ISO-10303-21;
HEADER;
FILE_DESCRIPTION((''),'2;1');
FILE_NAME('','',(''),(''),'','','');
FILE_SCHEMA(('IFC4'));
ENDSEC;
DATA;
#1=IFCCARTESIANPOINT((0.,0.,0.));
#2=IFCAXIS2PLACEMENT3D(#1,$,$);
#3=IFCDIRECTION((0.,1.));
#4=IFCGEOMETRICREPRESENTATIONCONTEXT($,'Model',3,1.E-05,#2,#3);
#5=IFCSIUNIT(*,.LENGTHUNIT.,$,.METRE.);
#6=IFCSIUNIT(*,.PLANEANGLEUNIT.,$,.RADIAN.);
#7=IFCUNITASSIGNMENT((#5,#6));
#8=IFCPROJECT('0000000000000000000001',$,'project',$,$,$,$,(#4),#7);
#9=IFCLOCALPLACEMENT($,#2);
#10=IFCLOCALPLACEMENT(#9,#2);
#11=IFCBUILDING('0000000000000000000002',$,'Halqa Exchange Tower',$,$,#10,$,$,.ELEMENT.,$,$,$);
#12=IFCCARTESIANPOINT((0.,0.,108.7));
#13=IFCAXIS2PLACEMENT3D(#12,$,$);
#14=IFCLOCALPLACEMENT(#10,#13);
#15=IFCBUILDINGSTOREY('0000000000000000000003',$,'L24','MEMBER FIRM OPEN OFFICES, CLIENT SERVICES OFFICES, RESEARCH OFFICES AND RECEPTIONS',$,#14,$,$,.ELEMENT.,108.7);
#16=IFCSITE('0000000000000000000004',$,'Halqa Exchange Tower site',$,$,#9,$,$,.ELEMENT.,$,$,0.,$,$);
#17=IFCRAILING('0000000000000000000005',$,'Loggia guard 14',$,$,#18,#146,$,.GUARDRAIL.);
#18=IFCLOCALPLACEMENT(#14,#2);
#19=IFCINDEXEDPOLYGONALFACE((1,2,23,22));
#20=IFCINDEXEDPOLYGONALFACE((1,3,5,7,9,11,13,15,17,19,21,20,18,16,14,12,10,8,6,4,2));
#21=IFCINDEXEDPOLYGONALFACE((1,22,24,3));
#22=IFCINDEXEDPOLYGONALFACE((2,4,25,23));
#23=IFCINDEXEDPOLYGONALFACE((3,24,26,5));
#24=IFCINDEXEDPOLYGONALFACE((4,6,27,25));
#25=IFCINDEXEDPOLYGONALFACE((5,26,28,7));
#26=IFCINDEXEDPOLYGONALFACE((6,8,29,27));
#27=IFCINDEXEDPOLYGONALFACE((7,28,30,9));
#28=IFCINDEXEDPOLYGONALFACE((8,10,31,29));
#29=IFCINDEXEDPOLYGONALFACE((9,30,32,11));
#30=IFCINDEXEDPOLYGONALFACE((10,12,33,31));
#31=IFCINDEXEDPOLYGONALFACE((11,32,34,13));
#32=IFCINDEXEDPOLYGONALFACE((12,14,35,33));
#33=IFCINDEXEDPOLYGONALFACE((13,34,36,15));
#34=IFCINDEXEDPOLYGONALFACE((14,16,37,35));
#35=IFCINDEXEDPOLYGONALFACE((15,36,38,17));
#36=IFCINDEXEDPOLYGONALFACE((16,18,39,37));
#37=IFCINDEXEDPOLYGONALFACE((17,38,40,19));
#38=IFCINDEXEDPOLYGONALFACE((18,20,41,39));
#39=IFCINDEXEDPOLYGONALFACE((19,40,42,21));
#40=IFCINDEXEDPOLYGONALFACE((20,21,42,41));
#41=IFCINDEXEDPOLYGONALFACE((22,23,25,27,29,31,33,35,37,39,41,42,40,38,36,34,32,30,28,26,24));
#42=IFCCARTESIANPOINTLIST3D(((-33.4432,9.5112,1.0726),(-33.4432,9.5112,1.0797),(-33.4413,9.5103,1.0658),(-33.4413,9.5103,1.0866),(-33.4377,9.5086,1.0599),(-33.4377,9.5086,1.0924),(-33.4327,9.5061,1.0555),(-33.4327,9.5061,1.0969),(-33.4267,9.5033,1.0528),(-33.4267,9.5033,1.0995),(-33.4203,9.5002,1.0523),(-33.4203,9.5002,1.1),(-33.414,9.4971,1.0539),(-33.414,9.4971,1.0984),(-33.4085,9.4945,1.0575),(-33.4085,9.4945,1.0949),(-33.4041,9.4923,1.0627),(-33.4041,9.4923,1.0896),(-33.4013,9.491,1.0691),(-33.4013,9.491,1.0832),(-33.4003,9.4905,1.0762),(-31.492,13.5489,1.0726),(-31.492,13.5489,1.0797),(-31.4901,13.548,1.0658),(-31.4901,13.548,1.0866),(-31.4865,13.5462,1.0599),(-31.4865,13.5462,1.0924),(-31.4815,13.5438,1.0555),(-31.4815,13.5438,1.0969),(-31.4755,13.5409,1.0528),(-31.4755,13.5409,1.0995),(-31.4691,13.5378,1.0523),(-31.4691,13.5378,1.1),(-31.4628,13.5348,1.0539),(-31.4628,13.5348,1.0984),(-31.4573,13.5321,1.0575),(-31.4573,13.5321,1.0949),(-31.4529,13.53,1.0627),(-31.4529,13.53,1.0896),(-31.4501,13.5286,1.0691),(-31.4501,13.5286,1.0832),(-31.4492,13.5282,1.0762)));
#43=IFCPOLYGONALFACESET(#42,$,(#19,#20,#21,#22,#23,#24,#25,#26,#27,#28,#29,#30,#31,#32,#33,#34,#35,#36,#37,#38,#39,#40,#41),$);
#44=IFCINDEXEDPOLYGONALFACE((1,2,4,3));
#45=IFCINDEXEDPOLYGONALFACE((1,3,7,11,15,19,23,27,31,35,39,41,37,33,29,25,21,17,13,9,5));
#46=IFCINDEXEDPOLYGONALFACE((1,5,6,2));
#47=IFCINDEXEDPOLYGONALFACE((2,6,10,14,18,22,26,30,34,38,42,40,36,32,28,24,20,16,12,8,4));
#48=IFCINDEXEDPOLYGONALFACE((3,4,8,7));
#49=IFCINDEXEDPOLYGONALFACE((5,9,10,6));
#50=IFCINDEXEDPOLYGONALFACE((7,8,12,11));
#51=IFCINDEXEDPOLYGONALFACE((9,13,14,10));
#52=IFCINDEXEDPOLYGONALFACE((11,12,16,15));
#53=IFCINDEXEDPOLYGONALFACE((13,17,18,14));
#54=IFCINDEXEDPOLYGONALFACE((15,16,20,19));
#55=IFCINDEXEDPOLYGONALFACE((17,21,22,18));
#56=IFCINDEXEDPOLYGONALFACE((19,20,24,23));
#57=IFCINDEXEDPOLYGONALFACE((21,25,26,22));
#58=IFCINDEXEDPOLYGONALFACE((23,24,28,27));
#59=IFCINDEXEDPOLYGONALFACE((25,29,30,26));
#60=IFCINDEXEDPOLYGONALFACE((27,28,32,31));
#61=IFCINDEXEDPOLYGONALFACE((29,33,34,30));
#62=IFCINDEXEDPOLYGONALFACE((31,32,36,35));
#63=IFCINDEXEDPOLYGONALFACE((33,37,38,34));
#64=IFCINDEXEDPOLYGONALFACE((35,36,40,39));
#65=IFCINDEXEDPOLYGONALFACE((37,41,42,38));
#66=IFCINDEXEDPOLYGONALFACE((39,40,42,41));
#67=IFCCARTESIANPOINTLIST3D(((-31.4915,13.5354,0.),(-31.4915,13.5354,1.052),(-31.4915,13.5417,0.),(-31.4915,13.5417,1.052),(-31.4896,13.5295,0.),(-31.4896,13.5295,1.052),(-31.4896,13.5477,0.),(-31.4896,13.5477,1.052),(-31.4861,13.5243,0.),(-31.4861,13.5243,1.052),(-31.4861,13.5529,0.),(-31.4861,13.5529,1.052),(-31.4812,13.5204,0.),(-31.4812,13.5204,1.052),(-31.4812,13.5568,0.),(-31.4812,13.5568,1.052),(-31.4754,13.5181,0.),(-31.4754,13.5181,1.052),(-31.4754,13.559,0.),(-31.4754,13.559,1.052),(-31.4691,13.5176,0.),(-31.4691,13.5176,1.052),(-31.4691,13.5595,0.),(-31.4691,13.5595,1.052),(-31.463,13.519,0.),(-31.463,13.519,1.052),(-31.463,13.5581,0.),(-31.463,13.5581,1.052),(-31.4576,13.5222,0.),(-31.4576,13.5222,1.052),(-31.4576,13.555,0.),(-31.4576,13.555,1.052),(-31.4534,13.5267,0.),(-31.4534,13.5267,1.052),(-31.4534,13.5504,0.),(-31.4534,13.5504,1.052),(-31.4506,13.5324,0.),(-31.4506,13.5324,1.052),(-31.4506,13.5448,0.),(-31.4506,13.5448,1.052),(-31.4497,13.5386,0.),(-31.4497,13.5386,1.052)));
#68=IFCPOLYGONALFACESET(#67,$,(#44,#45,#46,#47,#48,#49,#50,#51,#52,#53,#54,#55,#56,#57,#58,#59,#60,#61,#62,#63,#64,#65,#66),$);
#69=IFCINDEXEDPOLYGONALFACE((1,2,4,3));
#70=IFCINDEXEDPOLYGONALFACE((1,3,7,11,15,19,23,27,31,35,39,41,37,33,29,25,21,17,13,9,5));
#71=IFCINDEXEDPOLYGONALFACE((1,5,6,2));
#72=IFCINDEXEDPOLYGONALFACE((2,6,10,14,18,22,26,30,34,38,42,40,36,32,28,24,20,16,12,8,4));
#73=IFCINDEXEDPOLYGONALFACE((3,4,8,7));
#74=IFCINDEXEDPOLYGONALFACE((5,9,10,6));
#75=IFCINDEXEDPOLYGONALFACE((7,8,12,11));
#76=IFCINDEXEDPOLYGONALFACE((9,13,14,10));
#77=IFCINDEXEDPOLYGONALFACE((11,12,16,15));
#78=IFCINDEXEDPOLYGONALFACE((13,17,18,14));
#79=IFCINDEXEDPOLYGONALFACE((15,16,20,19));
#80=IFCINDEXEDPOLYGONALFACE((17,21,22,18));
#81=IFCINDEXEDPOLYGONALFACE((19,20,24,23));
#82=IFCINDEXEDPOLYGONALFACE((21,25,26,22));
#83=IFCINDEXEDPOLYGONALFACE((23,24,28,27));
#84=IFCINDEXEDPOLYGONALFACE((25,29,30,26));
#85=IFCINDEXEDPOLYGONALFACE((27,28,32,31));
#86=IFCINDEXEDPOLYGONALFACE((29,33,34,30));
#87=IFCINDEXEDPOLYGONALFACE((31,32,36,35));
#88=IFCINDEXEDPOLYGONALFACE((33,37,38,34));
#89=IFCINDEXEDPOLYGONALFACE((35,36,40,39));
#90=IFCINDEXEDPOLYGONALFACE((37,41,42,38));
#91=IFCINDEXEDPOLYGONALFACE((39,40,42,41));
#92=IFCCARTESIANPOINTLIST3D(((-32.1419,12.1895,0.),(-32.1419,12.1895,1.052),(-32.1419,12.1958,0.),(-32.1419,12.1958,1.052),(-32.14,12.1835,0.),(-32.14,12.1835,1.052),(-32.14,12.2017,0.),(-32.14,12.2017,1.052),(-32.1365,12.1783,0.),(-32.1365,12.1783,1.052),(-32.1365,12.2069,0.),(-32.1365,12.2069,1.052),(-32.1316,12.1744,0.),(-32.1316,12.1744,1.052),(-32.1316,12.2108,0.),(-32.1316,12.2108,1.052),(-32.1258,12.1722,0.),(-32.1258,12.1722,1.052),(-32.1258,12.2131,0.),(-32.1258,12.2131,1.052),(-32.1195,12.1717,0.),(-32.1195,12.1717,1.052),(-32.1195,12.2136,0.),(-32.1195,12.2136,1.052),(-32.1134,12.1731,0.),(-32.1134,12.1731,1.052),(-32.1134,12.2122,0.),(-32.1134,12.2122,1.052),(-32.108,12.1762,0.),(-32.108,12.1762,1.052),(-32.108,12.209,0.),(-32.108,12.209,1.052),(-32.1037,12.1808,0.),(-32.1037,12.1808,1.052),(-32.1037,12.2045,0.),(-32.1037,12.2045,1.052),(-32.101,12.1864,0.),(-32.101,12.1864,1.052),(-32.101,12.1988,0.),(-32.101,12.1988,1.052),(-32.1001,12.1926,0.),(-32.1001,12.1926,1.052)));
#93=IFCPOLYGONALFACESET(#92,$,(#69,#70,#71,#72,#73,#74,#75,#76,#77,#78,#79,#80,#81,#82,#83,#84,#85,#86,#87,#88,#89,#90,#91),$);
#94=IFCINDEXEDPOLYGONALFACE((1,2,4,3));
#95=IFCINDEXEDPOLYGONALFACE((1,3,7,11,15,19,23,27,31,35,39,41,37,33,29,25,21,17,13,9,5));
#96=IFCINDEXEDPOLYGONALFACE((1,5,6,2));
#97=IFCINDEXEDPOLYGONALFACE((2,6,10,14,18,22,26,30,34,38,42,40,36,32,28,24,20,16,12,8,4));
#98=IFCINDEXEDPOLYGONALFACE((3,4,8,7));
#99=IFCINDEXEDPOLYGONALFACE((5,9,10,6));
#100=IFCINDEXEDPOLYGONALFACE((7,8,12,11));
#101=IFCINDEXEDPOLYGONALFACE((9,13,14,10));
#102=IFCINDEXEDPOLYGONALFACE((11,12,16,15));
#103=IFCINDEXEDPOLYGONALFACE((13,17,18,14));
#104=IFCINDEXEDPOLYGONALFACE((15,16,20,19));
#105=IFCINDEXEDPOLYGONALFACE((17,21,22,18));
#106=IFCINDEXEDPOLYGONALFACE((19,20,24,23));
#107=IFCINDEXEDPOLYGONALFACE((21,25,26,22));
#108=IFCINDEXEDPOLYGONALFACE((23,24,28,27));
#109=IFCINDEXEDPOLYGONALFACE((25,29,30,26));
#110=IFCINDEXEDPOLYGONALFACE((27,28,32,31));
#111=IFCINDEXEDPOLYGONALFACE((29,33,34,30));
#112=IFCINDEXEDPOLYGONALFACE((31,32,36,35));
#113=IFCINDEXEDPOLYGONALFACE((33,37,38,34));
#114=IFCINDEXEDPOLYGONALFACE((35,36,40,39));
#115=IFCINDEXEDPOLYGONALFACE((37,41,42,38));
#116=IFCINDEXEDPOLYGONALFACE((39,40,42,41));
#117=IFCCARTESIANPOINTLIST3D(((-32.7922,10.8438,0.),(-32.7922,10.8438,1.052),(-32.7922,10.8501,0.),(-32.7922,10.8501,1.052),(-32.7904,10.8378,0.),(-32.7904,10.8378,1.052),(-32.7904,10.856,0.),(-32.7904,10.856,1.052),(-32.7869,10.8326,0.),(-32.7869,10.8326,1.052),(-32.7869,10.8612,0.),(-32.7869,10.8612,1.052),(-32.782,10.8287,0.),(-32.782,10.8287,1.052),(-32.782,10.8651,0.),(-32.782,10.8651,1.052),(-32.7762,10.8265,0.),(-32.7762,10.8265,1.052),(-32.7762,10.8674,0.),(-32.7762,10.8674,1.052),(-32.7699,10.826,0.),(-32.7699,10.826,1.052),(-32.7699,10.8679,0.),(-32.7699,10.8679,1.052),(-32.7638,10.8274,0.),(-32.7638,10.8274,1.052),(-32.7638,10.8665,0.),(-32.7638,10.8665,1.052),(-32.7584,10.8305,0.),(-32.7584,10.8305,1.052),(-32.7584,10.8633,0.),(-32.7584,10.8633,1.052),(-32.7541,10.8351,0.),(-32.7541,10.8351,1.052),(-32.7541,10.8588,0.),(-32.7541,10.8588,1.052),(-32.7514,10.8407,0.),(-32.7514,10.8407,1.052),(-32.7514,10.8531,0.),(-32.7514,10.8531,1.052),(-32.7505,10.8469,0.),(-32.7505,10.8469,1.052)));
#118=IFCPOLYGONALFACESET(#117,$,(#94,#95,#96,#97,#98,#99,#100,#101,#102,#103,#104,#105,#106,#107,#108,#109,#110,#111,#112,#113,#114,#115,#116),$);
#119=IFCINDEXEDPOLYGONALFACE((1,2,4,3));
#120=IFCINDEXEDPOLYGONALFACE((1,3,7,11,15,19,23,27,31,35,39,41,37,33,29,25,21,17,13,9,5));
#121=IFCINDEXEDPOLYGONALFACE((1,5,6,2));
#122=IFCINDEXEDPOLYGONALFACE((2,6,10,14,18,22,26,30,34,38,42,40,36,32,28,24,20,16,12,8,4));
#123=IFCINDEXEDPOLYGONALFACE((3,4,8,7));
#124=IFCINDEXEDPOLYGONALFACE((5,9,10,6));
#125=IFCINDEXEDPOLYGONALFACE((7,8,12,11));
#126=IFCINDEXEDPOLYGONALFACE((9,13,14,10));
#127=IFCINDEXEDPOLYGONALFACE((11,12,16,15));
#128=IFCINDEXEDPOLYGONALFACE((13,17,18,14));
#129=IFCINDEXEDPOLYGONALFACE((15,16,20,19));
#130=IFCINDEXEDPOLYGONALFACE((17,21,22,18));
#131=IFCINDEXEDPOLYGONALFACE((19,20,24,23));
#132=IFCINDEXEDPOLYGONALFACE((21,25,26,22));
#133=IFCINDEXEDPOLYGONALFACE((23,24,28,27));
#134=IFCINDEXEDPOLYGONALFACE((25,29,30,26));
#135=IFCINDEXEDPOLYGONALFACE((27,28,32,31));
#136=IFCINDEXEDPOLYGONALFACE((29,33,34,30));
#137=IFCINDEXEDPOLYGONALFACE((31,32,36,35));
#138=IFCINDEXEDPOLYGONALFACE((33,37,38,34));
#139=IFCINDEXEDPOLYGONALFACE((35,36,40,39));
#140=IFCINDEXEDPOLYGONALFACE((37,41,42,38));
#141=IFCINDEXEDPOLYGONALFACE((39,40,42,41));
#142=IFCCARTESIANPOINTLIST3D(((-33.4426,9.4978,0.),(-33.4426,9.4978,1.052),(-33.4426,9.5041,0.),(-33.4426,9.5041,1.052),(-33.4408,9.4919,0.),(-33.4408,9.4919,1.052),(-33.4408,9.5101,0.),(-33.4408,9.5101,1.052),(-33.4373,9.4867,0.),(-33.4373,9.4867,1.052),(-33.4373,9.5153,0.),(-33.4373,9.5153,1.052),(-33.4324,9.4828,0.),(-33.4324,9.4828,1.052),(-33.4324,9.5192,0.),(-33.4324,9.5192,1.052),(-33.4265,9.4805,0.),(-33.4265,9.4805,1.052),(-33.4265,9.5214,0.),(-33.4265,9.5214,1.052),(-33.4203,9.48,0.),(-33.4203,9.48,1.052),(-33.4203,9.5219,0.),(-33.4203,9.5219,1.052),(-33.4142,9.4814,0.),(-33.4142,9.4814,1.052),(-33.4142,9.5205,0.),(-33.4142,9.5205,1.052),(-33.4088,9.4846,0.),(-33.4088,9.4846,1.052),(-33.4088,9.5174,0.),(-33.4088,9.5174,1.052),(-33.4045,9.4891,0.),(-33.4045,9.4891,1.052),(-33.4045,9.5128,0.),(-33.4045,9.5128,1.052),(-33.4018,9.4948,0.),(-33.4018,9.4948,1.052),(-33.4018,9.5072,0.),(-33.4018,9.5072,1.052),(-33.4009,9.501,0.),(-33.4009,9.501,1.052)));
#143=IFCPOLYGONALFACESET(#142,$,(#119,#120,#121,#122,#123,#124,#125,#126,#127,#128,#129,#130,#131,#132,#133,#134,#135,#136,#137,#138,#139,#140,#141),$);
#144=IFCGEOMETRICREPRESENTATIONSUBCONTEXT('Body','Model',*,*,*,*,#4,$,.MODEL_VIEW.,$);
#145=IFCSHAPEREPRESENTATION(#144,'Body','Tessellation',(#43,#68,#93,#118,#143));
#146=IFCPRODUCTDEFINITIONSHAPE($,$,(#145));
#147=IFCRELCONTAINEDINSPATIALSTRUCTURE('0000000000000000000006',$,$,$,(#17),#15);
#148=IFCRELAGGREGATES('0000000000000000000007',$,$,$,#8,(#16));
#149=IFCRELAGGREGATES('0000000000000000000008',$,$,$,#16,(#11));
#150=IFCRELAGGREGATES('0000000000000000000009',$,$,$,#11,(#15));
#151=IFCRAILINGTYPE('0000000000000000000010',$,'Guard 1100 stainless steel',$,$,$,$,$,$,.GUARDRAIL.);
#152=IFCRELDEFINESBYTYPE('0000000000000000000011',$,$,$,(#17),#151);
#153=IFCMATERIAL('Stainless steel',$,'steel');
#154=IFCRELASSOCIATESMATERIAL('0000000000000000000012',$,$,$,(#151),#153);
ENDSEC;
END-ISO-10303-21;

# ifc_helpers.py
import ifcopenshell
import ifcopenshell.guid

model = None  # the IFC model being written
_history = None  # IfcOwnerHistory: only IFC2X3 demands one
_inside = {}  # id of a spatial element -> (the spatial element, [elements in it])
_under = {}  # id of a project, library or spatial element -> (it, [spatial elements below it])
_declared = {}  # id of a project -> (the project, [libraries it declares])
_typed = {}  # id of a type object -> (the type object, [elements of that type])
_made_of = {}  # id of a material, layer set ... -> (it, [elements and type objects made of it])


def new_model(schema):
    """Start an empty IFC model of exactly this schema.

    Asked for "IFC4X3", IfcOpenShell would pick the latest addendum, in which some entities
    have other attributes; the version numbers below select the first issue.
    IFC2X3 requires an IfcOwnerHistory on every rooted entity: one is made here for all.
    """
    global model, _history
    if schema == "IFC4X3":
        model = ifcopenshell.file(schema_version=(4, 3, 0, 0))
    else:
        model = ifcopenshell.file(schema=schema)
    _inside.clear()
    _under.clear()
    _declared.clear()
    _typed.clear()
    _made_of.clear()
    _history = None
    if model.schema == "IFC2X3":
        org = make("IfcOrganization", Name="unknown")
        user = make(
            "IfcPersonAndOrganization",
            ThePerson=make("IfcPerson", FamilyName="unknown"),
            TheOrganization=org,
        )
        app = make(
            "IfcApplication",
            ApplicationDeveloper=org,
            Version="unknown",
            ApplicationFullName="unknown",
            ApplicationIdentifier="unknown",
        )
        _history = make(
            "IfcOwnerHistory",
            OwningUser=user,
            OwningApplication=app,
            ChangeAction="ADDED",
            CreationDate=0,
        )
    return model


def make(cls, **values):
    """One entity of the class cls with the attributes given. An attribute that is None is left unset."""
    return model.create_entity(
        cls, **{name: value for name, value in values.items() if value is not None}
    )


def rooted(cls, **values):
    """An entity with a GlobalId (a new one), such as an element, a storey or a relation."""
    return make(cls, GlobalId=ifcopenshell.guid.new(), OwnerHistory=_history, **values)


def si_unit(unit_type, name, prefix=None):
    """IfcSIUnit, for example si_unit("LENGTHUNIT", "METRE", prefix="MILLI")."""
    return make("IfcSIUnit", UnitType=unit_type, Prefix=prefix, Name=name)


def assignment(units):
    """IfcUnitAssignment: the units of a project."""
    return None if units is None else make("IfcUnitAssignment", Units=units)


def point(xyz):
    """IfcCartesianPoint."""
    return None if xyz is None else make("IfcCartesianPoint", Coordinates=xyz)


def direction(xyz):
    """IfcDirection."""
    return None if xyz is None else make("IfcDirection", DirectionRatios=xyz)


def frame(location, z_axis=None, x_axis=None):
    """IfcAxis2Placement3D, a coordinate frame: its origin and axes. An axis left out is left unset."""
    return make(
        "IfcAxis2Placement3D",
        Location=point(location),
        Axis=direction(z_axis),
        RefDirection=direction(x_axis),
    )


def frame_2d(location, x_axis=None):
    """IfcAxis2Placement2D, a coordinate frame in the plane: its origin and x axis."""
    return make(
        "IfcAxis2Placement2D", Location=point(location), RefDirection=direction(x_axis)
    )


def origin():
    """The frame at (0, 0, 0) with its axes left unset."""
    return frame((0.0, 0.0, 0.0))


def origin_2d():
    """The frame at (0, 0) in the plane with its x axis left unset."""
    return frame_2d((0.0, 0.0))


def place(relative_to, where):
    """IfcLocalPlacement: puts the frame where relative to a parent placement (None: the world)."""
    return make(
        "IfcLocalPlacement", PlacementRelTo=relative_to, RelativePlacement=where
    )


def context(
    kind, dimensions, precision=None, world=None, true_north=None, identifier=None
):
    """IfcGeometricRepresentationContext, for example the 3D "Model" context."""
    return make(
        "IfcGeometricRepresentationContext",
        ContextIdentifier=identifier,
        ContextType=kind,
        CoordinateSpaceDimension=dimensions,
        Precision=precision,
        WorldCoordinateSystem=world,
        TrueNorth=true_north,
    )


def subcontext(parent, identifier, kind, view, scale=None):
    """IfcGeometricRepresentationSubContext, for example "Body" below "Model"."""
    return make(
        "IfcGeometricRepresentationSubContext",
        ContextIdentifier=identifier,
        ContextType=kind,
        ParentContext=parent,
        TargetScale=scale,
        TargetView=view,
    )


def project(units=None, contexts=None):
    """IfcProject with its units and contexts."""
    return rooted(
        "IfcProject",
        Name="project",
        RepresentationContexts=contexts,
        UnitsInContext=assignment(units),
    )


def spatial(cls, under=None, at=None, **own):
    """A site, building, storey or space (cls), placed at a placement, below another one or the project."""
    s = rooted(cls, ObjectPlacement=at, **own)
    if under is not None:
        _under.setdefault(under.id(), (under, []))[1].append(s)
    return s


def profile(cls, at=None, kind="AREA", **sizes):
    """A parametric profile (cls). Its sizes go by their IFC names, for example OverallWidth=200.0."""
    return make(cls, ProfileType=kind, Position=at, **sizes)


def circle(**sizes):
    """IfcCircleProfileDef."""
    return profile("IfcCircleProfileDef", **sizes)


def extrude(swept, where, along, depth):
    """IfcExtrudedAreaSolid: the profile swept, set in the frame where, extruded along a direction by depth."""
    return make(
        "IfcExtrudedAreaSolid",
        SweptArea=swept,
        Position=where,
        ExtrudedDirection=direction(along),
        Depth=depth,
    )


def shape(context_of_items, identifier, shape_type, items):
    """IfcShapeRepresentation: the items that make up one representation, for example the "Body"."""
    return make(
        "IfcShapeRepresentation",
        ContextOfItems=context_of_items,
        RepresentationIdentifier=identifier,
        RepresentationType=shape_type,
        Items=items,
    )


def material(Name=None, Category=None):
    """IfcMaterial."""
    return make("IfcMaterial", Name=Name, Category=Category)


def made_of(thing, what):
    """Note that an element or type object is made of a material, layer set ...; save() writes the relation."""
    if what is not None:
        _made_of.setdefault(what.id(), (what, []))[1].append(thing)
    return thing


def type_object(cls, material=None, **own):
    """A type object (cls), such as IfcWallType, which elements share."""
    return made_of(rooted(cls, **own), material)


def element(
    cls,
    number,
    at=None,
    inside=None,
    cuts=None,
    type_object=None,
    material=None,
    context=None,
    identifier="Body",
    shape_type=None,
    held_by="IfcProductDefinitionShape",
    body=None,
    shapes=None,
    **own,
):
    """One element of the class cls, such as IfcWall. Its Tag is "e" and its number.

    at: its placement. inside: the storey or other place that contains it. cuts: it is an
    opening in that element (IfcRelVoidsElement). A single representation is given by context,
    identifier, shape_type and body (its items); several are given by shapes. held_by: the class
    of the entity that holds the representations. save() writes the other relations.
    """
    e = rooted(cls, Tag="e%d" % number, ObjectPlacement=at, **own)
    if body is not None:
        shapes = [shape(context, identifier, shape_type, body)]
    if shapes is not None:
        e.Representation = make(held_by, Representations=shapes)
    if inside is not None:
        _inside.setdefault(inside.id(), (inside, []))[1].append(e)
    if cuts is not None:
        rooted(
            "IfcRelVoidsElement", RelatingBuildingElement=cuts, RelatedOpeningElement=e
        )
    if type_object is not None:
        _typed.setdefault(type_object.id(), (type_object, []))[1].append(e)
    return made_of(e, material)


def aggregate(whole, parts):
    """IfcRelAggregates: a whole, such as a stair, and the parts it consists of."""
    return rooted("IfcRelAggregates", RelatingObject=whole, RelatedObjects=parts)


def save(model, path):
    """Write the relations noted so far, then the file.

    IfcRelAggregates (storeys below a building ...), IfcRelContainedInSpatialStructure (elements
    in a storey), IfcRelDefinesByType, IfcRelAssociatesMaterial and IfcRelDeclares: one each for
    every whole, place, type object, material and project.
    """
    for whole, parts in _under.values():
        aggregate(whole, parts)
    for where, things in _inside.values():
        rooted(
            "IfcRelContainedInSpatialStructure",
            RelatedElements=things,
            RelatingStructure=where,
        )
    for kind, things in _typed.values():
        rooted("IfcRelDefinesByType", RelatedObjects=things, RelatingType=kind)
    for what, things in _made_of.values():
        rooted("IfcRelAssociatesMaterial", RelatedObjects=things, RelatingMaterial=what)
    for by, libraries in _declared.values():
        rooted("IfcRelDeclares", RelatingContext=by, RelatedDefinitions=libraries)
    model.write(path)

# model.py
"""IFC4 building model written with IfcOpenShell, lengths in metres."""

from ifc_helpers import new_model, si_unit, direction, frame, origin, origin_2d, place, context, subcontext, project, spatial, circle, extrude, material, type_object, element, save


model = new_model("IFC4")

# Units and contexts
model_context = context("Model", 3, precision=1e-05, world=origin(), true_north=direction((0.0, 1.0)))
body_context = subcontext(model_context, "Body", "Model", "MODEL_VIEW")
ifc_project = project(units=[si_unit("LENGTHUNIT", "METRE"), si_unit("PLANEANGLEUNIT", "RADIAN")], contexts=[model_context])

# Site, building, storey
site_placement = place(None, origin())
site = spatial("IfcSite", under=ifc_project, at=site_placement, Name="Halqa Exchange Tower site", CompositionType="ELEMENT", RefElevation=0.0)
building_placement = place(site_placement, origin())
building = spatial("IfcBuilding", under=site, at=building_placement, Name="Halqa Exchange Tower", CompositionType="ELEMENT")
storey_placement = place(building_placement, frame((0.0, 0.0, 108.7)))
storey = spatial("IfcBuildingStorey", under=building, at=storey_placement, Name="L24", Description="MEMBER FIRM OPEN OFFICES, CLIENT SERVICES OFFICES, RESEARCH OFFICES AND RECEPTIONS", CompositionType="ELEMENT", Elevation=108.7)

# Railing
ifc_material_1 = material(Name="Stainless steel", Category="steel")
railing_type = type_object("IfcRailingType", Name="Guard 1100 stainless steel", PredefinedType="GUARDRAIL", material=ifc_material_1)
railing_1_placement = place(storey_placement, frame((-31.4707, 13.5386, 0.0)))
element("IfcRailing", 1, at=railing_1_placement, inside=storey, type_object=railing_type, Name="Loggia guard 14", PredefinedType="GUARDRAIL", context=body_context, shape_type="SweptSolid", body=[
    extrude(circle(Radius=0.0239, at=origin_2d()), frame((0.0, 0.0, 1.0762), z_axis=(-0.435108, -0.900378, 0.0), x_axis=(0.900378, -0.435108, 0.0)), (0.0, 0.0, 1.0), 4.4844),
    extrude(circle(Radius=0.021, at=origin_2d()), origin(), (0.0, 0.0, 1.0), 1.052),
    extrude(circle(Radius=0.021, at=origin_2d()), frame((-0.6504, -1.3459, 0.0)), (0.0, 0.0, 1.0), 1.052),
    extrude(circle(Radius=0.021, at=origin_2d()), frame((-1.3008, -2.6917, 0.0)), (0.0, 0.0, 1.0), 1.052),
    extrude(circle(Radius=0.021, at=origin_2d()), frame((-1.9512, -4.0376, 0.0)), (0.0, 0.0, 1.0), 1.052),
])

save(model, "model.ifc")
